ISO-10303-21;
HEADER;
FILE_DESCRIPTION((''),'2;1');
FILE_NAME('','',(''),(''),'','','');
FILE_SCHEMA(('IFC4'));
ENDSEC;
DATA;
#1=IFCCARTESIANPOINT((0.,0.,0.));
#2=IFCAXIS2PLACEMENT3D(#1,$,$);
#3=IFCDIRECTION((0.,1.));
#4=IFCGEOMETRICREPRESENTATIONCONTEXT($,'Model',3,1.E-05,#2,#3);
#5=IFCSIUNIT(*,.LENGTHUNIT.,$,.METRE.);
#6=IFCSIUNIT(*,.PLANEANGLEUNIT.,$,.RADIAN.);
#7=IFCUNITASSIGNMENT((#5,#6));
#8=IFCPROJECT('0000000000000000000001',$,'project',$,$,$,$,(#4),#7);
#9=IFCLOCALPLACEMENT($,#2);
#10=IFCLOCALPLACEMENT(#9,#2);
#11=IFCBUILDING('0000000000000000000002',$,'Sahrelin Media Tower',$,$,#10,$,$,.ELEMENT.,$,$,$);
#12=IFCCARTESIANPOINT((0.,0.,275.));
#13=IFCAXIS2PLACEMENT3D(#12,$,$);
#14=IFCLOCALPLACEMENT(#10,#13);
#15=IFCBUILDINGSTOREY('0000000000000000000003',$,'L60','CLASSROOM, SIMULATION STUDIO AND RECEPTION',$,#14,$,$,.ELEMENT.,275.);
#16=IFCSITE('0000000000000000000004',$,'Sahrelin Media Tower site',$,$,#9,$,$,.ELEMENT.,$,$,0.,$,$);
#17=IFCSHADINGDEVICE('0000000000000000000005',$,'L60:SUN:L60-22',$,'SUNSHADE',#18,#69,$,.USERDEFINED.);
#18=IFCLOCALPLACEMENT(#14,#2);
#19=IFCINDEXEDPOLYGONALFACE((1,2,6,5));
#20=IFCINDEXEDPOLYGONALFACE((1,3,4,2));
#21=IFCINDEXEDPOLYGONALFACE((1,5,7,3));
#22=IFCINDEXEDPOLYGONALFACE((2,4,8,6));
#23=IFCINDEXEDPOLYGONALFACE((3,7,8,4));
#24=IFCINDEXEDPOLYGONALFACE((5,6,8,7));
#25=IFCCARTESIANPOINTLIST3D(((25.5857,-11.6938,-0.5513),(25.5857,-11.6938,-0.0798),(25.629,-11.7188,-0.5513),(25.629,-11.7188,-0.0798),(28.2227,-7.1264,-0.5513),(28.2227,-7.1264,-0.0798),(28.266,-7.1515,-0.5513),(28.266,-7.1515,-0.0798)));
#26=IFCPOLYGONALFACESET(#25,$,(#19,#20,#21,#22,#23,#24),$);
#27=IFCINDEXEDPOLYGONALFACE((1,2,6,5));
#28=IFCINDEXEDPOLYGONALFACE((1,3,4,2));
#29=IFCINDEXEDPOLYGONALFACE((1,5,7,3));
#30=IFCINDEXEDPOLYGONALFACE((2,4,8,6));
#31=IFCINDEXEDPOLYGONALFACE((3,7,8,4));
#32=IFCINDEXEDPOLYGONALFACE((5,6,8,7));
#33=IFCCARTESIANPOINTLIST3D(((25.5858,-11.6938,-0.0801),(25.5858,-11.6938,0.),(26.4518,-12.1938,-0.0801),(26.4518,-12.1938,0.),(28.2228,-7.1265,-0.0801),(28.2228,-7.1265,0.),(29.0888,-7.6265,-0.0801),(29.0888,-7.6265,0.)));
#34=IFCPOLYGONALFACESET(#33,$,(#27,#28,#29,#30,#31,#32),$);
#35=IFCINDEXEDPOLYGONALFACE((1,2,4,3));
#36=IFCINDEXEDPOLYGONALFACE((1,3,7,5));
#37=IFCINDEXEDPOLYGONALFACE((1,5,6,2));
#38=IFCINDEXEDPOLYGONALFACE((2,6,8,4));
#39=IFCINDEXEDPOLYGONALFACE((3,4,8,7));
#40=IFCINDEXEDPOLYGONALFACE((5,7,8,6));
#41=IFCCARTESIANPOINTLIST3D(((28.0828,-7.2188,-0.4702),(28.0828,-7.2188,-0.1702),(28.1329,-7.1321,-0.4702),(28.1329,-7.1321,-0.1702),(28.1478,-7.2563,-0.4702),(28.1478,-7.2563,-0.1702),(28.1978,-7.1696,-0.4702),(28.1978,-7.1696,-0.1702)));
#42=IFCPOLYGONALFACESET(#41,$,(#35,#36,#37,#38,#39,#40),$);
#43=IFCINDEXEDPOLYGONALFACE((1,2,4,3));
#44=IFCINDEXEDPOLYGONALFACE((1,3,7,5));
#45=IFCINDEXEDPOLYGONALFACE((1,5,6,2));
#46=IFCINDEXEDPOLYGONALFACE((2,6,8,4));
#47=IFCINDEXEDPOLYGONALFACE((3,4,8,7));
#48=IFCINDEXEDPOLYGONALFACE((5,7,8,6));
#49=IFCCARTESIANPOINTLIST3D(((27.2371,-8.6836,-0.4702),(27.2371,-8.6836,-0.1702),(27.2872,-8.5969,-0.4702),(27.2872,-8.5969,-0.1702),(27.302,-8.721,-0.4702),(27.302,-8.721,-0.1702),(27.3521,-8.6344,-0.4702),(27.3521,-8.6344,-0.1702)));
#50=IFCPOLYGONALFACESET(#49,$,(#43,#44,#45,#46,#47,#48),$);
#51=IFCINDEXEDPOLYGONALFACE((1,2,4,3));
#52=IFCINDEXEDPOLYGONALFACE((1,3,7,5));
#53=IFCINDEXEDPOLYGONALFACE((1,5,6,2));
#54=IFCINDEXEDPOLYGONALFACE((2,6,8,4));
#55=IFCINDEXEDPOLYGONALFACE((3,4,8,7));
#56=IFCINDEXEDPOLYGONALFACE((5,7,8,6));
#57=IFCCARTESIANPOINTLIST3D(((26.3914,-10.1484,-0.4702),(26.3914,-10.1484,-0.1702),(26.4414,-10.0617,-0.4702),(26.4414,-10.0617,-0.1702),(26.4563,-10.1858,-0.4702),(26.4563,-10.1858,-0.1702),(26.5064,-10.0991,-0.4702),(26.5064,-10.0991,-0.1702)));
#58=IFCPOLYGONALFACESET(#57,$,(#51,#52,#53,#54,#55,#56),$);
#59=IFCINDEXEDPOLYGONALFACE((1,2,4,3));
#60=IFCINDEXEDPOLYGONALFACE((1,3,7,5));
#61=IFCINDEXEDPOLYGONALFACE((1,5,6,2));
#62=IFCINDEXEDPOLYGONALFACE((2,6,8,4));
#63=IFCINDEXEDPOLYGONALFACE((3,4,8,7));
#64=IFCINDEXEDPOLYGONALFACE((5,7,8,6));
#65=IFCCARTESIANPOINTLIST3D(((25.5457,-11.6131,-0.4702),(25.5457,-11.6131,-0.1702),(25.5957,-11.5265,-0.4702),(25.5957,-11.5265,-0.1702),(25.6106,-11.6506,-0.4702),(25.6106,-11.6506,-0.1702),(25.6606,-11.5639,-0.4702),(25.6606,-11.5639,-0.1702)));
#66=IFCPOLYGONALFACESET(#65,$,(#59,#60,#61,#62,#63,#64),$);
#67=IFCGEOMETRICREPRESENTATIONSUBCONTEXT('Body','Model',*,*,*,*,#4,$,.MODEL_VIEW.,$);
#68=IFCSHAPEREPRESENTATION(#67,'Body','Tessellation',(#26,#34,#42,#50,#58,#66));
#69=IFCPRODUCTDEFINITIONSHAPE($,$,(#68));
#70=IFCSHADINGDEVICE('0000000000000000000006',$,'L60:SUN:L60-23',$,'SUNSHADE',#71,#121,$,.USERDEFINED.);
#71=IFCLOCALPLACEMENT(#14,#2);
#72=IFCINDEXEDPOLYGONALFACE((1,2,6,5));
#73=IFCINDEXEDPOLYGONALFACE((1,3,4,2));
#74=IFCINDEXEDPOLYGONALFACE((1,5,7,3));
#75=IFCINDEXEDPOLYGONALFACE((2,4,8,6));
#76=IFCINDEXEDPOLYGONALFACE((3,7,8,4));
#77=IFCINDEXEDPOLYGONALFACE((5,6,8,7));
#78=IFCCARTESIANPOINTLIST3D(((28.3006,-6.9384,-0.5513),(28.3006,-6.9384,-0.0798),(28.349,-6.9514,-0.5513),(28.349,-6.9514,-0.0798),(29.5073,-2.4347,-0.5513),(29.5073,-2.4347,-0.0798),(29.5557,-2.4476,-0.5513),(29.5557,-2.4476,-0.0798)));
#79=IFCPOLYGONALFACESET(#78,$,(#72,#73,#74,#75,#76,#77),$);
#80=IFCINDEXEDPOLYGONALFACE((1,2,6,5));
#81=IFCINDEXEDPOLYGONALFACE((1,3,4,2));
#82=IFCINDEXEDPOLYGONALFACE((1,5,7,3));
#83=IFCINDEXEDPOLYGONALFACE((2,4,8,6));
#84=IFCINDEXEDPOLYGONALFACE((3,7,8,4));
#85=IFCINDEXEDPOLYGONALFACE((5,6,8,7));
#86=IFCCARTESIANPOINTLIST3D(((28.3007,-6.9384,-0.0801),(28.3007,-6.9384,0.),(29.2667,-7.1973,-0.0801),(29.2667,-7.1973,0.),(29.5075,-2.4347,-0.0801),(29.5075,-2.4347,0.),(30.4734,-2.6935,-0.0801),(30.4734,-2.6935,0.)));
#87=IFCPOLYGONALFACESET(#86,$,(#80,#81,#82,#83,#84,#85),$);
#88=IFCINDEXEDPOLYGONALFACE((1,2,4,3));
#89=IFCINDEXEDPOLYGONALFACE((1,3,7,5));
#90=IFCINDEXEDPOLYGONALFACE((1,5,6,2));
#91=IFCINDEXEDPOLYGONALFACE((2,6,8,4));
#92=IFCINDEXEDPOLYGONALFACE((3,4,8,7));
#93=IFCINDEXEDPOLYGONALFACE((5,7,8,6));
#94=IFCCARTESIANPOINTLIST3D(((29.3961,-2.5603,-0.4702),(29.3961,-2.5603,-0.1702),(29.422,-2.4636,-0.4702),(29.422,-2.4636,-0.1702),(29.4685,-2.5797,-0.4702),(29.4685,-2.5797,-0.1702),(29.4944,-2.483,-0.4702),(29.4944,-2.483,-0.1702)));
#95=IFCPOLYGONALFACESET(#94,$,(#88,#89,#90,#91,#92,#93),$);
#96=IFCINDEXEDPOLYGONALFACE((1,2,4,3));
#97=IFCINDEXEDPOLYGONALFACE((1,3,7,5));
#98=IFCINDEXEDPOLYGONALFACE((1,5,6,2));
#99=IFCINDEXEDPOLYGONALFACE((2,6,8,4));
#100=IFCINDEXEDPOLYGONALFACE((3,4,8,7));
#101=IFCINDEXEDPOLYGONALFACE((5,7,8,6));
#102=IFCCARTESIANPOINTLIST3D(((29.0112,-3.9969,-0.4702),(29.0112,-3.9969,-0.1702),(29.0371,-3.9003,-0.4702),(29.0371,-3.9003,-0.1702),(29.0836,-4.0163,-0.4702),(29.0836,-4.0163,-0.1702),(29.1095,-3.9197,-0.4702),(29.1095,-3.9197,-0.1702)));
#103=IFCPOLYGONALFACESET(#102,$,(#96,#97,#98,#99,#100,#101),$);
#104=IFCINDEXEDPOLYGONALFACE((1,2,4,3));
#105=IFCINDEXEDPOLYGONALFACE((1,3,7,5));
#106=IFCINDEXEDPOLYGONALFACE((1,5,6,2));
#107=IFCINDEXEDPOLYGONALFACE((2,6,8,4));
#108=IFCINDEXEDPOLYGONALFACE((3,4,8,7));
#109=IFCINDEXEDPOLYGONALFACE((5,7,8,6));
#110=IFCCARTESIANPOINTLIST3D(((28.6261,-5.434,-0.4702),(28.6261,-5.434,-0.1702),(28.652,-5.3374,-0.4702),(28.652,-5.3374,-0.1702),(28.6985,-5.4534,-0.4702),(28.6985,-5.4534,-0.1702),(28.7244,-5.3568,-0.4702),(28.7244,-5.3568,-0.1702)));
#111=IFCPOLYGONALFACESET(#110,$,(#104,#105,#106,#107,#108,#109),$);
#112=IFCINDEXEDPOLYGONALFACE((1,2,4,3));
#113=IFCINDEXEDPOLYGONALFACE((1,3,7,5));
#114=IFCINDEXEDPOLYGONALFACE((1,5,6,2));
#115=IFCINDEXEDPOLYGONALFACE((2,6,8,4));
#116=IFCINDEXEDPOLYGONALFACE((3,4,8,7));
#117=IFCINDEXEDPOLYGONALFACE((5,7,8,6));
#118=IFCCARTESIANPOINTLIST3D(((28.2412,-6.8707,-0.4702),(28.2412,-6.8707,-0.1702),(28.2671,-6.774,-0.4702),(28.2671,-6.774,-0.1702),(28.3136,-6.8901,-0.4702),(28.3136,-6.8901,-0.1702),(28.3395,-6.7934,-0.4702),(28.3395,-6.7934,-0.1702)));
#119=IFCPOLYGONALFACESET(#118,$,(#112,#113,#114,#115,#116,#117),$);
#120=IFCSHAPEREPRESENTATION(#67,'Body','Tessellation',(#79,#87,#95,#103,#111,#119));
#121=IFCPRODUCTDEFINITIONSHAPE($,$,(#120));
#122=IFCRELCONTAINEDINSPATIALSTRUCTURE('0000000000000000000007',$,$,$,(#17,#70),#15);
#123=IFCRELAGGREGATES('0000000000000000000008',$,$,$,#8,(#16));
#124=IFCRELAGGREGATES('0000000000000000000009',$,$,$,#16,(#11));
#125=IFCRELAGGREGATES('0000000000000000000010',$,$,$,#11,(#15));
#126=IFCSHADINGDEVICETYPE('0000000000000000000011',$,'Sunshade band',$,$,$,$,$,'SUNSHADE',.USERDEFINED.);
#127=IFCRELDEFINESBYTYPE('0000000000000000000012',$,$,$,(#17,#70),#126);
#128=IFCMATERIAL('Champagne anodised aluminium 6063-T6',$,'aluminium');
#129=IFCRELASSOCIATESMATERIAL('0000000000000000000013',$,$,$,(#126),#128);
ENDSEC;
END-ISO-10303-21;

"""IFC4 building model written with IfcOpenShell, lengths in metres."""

from ifc_helpers import new_model, si_unit, direction, frame, origin, origin_2d, place, context, subcontext, project, spatial, rectangle, extrude, material, type_object, element, save


model = new_model("IFC4")

# Units and contexts
model_context = context("Model", 3, precision=1e-05, world=origin(), true_north=direction((0.0, 1.0)))
body_context = subcontext(model_context, "Body", "Model", "MODEL_VIEW")
ifc_project = project(units=[si_unit("LENGTHUNIT", "METRE"), si_unit("PLANEANGLEUNIT", "RADIAN")], contexts=[model_context])

# Site, building, storey
site_placement = place(None, origin())
site = spatial("IfcSite", under=ifc_project, at=site_placement, Name="Sahrelin Media Tower site", CompositionType="ELEMENT", RefElevation=0.0)
building_placement = place(site_placement, origin())
building = spatial("IfcBuilding", under=site, at=building_placement, Name="Sahrelin Media Tower", CompositionType="ELEMENT")
storey_placement = place(building_placement, frame((0.0, 0.0, 275.0)))
storey = spatial("IfcBuildingStorey", under=building, at=storey_placement, Name="L60", Description="CLASSROOM, SIMULATION STUDIO AND RECEPTION", CompositionType="ELEMENT", Elevation=275.0)

# Shared definitions
ifc_material_1 = material(Name="Champagne anodised aluminium 6063-T6", Category="aluminium")

# Shading devices
placement_1 = place(storey_placement, frame((26.887, -9.4001, 0.0), z_axis=(0.0, 0.0, 1.0), x_axis=(-0.500011, -0.866019, 0.0)))
placement_2 = place(storey_placement, frame((28.8848, -4.6814, 0.0), z_axis=(0.0, 0.0, 1.0), x_axis=(-0.258808, -0.965929, 0.0)))
shading_device_type_1 = type_object("IfcShadingDeviceType", Name="Sunshade band", ElementType="SUNSHADE", PredefinedType="USERDEFINED", material=ifc_material_1)
element("IfcShadingDevice", 1, at=placement_1, inside=storey, type_object=shading_device_type_1, Name="L60:SUN:L60-22", ObjectType="SUNSHADE", PredefinedType="USERDEFINED", context=body_context, shape_type="SweptSolid", body=[
    extrude(rectangle(XDim=5.2739, YDim=0.05, at=origin_2d()), frame((0.0, 0.0449, -0.5513)), (0.0, 0.0, 1.0), 0.4714),
    extrude(rectangle(XDim=5.2739, YDim=1.0, at=origin_2d()), frame((0.0, 0.52, -0.0801)), (0.0, 0.0, 1.0), 0.0801),
    extrude(rectangle(XDim=0.1001, YDim=0.075, at=origin_2d()), frame((-2.5371, -0.0176, -0.4702)), (0.0, 0.0, 1.0), 0.3),
    extrude(rectangle(XDim=0.1001, YDim=0.075, at=origin_2d()), frame((-0.8457, -0.0176, -0.4702)), (0.0, 0.0, 1.0), 0.3),
    extrude(rectangle(XDim=0.1001, YDim=0.075, at=origin_2d()), frame((0.8457, -0.0176, -0.4702)), (0.0, 0.0, 1.0), 0.3),
    extrude(rectangle(XDim=0.1001, YDim=0.075, at=origin_2d()), frame((2.5371, -0.0176, -0.4702)), (0.0, 0.0, 1.0), 0.3),
])
element("IfcShadingDevice", 2, at=placement_2, inside=storey, type_object=shading_device_type_1, Name="L60:SUN:L60-23", ObjectType="SUNSHADE", PredefinedType="USERDEFINED", context=body_context, shape_type="SweptSolid", body=[
    extrude(rectangle(XDim=4.6626, YDim=0.05, at=origin_2d()), frame((0.0, 0.0449, -0.5513)), (0.0, 0.0, 1.0), 0.4714),
    extrude(rectangle(XDim=4.6626, YDim=1.0, at=origin_2d()), frame((0.0, 0.52, -0.0801)), (0.0, 0.0, 1.0), 0.0801),
    extrude(rectangle(XDim=0.1001, YDim=0.075, at=origin_2d()), frame((-2.2312, -0.0176, -0.4702)), (0.0, 0.0, 1.0), 0.3),
    extrude(rectangle(XDim=0.1001, YDim=0.075, at=origin_2d()), frame((-0.7439, -0.0176, -0.4702)), (0.0, 0.0, 1.0), 0.3),
    extrude(rectangle(XDim=0.1001, YDim=0.075, at=origin_2d()), frame((0.7439, -0.0176, -0.4702)), (0.0, 0.0, 1.0), 0.3),
    extrude(rectangle(XDim=0.1001, YDim=0.075, at=origin_2d()), frame((2.2312, -0.0176, -0.4702)), (0.0, 0.0, 1.0), 0.3),
])

save(model, "model.ifc")
